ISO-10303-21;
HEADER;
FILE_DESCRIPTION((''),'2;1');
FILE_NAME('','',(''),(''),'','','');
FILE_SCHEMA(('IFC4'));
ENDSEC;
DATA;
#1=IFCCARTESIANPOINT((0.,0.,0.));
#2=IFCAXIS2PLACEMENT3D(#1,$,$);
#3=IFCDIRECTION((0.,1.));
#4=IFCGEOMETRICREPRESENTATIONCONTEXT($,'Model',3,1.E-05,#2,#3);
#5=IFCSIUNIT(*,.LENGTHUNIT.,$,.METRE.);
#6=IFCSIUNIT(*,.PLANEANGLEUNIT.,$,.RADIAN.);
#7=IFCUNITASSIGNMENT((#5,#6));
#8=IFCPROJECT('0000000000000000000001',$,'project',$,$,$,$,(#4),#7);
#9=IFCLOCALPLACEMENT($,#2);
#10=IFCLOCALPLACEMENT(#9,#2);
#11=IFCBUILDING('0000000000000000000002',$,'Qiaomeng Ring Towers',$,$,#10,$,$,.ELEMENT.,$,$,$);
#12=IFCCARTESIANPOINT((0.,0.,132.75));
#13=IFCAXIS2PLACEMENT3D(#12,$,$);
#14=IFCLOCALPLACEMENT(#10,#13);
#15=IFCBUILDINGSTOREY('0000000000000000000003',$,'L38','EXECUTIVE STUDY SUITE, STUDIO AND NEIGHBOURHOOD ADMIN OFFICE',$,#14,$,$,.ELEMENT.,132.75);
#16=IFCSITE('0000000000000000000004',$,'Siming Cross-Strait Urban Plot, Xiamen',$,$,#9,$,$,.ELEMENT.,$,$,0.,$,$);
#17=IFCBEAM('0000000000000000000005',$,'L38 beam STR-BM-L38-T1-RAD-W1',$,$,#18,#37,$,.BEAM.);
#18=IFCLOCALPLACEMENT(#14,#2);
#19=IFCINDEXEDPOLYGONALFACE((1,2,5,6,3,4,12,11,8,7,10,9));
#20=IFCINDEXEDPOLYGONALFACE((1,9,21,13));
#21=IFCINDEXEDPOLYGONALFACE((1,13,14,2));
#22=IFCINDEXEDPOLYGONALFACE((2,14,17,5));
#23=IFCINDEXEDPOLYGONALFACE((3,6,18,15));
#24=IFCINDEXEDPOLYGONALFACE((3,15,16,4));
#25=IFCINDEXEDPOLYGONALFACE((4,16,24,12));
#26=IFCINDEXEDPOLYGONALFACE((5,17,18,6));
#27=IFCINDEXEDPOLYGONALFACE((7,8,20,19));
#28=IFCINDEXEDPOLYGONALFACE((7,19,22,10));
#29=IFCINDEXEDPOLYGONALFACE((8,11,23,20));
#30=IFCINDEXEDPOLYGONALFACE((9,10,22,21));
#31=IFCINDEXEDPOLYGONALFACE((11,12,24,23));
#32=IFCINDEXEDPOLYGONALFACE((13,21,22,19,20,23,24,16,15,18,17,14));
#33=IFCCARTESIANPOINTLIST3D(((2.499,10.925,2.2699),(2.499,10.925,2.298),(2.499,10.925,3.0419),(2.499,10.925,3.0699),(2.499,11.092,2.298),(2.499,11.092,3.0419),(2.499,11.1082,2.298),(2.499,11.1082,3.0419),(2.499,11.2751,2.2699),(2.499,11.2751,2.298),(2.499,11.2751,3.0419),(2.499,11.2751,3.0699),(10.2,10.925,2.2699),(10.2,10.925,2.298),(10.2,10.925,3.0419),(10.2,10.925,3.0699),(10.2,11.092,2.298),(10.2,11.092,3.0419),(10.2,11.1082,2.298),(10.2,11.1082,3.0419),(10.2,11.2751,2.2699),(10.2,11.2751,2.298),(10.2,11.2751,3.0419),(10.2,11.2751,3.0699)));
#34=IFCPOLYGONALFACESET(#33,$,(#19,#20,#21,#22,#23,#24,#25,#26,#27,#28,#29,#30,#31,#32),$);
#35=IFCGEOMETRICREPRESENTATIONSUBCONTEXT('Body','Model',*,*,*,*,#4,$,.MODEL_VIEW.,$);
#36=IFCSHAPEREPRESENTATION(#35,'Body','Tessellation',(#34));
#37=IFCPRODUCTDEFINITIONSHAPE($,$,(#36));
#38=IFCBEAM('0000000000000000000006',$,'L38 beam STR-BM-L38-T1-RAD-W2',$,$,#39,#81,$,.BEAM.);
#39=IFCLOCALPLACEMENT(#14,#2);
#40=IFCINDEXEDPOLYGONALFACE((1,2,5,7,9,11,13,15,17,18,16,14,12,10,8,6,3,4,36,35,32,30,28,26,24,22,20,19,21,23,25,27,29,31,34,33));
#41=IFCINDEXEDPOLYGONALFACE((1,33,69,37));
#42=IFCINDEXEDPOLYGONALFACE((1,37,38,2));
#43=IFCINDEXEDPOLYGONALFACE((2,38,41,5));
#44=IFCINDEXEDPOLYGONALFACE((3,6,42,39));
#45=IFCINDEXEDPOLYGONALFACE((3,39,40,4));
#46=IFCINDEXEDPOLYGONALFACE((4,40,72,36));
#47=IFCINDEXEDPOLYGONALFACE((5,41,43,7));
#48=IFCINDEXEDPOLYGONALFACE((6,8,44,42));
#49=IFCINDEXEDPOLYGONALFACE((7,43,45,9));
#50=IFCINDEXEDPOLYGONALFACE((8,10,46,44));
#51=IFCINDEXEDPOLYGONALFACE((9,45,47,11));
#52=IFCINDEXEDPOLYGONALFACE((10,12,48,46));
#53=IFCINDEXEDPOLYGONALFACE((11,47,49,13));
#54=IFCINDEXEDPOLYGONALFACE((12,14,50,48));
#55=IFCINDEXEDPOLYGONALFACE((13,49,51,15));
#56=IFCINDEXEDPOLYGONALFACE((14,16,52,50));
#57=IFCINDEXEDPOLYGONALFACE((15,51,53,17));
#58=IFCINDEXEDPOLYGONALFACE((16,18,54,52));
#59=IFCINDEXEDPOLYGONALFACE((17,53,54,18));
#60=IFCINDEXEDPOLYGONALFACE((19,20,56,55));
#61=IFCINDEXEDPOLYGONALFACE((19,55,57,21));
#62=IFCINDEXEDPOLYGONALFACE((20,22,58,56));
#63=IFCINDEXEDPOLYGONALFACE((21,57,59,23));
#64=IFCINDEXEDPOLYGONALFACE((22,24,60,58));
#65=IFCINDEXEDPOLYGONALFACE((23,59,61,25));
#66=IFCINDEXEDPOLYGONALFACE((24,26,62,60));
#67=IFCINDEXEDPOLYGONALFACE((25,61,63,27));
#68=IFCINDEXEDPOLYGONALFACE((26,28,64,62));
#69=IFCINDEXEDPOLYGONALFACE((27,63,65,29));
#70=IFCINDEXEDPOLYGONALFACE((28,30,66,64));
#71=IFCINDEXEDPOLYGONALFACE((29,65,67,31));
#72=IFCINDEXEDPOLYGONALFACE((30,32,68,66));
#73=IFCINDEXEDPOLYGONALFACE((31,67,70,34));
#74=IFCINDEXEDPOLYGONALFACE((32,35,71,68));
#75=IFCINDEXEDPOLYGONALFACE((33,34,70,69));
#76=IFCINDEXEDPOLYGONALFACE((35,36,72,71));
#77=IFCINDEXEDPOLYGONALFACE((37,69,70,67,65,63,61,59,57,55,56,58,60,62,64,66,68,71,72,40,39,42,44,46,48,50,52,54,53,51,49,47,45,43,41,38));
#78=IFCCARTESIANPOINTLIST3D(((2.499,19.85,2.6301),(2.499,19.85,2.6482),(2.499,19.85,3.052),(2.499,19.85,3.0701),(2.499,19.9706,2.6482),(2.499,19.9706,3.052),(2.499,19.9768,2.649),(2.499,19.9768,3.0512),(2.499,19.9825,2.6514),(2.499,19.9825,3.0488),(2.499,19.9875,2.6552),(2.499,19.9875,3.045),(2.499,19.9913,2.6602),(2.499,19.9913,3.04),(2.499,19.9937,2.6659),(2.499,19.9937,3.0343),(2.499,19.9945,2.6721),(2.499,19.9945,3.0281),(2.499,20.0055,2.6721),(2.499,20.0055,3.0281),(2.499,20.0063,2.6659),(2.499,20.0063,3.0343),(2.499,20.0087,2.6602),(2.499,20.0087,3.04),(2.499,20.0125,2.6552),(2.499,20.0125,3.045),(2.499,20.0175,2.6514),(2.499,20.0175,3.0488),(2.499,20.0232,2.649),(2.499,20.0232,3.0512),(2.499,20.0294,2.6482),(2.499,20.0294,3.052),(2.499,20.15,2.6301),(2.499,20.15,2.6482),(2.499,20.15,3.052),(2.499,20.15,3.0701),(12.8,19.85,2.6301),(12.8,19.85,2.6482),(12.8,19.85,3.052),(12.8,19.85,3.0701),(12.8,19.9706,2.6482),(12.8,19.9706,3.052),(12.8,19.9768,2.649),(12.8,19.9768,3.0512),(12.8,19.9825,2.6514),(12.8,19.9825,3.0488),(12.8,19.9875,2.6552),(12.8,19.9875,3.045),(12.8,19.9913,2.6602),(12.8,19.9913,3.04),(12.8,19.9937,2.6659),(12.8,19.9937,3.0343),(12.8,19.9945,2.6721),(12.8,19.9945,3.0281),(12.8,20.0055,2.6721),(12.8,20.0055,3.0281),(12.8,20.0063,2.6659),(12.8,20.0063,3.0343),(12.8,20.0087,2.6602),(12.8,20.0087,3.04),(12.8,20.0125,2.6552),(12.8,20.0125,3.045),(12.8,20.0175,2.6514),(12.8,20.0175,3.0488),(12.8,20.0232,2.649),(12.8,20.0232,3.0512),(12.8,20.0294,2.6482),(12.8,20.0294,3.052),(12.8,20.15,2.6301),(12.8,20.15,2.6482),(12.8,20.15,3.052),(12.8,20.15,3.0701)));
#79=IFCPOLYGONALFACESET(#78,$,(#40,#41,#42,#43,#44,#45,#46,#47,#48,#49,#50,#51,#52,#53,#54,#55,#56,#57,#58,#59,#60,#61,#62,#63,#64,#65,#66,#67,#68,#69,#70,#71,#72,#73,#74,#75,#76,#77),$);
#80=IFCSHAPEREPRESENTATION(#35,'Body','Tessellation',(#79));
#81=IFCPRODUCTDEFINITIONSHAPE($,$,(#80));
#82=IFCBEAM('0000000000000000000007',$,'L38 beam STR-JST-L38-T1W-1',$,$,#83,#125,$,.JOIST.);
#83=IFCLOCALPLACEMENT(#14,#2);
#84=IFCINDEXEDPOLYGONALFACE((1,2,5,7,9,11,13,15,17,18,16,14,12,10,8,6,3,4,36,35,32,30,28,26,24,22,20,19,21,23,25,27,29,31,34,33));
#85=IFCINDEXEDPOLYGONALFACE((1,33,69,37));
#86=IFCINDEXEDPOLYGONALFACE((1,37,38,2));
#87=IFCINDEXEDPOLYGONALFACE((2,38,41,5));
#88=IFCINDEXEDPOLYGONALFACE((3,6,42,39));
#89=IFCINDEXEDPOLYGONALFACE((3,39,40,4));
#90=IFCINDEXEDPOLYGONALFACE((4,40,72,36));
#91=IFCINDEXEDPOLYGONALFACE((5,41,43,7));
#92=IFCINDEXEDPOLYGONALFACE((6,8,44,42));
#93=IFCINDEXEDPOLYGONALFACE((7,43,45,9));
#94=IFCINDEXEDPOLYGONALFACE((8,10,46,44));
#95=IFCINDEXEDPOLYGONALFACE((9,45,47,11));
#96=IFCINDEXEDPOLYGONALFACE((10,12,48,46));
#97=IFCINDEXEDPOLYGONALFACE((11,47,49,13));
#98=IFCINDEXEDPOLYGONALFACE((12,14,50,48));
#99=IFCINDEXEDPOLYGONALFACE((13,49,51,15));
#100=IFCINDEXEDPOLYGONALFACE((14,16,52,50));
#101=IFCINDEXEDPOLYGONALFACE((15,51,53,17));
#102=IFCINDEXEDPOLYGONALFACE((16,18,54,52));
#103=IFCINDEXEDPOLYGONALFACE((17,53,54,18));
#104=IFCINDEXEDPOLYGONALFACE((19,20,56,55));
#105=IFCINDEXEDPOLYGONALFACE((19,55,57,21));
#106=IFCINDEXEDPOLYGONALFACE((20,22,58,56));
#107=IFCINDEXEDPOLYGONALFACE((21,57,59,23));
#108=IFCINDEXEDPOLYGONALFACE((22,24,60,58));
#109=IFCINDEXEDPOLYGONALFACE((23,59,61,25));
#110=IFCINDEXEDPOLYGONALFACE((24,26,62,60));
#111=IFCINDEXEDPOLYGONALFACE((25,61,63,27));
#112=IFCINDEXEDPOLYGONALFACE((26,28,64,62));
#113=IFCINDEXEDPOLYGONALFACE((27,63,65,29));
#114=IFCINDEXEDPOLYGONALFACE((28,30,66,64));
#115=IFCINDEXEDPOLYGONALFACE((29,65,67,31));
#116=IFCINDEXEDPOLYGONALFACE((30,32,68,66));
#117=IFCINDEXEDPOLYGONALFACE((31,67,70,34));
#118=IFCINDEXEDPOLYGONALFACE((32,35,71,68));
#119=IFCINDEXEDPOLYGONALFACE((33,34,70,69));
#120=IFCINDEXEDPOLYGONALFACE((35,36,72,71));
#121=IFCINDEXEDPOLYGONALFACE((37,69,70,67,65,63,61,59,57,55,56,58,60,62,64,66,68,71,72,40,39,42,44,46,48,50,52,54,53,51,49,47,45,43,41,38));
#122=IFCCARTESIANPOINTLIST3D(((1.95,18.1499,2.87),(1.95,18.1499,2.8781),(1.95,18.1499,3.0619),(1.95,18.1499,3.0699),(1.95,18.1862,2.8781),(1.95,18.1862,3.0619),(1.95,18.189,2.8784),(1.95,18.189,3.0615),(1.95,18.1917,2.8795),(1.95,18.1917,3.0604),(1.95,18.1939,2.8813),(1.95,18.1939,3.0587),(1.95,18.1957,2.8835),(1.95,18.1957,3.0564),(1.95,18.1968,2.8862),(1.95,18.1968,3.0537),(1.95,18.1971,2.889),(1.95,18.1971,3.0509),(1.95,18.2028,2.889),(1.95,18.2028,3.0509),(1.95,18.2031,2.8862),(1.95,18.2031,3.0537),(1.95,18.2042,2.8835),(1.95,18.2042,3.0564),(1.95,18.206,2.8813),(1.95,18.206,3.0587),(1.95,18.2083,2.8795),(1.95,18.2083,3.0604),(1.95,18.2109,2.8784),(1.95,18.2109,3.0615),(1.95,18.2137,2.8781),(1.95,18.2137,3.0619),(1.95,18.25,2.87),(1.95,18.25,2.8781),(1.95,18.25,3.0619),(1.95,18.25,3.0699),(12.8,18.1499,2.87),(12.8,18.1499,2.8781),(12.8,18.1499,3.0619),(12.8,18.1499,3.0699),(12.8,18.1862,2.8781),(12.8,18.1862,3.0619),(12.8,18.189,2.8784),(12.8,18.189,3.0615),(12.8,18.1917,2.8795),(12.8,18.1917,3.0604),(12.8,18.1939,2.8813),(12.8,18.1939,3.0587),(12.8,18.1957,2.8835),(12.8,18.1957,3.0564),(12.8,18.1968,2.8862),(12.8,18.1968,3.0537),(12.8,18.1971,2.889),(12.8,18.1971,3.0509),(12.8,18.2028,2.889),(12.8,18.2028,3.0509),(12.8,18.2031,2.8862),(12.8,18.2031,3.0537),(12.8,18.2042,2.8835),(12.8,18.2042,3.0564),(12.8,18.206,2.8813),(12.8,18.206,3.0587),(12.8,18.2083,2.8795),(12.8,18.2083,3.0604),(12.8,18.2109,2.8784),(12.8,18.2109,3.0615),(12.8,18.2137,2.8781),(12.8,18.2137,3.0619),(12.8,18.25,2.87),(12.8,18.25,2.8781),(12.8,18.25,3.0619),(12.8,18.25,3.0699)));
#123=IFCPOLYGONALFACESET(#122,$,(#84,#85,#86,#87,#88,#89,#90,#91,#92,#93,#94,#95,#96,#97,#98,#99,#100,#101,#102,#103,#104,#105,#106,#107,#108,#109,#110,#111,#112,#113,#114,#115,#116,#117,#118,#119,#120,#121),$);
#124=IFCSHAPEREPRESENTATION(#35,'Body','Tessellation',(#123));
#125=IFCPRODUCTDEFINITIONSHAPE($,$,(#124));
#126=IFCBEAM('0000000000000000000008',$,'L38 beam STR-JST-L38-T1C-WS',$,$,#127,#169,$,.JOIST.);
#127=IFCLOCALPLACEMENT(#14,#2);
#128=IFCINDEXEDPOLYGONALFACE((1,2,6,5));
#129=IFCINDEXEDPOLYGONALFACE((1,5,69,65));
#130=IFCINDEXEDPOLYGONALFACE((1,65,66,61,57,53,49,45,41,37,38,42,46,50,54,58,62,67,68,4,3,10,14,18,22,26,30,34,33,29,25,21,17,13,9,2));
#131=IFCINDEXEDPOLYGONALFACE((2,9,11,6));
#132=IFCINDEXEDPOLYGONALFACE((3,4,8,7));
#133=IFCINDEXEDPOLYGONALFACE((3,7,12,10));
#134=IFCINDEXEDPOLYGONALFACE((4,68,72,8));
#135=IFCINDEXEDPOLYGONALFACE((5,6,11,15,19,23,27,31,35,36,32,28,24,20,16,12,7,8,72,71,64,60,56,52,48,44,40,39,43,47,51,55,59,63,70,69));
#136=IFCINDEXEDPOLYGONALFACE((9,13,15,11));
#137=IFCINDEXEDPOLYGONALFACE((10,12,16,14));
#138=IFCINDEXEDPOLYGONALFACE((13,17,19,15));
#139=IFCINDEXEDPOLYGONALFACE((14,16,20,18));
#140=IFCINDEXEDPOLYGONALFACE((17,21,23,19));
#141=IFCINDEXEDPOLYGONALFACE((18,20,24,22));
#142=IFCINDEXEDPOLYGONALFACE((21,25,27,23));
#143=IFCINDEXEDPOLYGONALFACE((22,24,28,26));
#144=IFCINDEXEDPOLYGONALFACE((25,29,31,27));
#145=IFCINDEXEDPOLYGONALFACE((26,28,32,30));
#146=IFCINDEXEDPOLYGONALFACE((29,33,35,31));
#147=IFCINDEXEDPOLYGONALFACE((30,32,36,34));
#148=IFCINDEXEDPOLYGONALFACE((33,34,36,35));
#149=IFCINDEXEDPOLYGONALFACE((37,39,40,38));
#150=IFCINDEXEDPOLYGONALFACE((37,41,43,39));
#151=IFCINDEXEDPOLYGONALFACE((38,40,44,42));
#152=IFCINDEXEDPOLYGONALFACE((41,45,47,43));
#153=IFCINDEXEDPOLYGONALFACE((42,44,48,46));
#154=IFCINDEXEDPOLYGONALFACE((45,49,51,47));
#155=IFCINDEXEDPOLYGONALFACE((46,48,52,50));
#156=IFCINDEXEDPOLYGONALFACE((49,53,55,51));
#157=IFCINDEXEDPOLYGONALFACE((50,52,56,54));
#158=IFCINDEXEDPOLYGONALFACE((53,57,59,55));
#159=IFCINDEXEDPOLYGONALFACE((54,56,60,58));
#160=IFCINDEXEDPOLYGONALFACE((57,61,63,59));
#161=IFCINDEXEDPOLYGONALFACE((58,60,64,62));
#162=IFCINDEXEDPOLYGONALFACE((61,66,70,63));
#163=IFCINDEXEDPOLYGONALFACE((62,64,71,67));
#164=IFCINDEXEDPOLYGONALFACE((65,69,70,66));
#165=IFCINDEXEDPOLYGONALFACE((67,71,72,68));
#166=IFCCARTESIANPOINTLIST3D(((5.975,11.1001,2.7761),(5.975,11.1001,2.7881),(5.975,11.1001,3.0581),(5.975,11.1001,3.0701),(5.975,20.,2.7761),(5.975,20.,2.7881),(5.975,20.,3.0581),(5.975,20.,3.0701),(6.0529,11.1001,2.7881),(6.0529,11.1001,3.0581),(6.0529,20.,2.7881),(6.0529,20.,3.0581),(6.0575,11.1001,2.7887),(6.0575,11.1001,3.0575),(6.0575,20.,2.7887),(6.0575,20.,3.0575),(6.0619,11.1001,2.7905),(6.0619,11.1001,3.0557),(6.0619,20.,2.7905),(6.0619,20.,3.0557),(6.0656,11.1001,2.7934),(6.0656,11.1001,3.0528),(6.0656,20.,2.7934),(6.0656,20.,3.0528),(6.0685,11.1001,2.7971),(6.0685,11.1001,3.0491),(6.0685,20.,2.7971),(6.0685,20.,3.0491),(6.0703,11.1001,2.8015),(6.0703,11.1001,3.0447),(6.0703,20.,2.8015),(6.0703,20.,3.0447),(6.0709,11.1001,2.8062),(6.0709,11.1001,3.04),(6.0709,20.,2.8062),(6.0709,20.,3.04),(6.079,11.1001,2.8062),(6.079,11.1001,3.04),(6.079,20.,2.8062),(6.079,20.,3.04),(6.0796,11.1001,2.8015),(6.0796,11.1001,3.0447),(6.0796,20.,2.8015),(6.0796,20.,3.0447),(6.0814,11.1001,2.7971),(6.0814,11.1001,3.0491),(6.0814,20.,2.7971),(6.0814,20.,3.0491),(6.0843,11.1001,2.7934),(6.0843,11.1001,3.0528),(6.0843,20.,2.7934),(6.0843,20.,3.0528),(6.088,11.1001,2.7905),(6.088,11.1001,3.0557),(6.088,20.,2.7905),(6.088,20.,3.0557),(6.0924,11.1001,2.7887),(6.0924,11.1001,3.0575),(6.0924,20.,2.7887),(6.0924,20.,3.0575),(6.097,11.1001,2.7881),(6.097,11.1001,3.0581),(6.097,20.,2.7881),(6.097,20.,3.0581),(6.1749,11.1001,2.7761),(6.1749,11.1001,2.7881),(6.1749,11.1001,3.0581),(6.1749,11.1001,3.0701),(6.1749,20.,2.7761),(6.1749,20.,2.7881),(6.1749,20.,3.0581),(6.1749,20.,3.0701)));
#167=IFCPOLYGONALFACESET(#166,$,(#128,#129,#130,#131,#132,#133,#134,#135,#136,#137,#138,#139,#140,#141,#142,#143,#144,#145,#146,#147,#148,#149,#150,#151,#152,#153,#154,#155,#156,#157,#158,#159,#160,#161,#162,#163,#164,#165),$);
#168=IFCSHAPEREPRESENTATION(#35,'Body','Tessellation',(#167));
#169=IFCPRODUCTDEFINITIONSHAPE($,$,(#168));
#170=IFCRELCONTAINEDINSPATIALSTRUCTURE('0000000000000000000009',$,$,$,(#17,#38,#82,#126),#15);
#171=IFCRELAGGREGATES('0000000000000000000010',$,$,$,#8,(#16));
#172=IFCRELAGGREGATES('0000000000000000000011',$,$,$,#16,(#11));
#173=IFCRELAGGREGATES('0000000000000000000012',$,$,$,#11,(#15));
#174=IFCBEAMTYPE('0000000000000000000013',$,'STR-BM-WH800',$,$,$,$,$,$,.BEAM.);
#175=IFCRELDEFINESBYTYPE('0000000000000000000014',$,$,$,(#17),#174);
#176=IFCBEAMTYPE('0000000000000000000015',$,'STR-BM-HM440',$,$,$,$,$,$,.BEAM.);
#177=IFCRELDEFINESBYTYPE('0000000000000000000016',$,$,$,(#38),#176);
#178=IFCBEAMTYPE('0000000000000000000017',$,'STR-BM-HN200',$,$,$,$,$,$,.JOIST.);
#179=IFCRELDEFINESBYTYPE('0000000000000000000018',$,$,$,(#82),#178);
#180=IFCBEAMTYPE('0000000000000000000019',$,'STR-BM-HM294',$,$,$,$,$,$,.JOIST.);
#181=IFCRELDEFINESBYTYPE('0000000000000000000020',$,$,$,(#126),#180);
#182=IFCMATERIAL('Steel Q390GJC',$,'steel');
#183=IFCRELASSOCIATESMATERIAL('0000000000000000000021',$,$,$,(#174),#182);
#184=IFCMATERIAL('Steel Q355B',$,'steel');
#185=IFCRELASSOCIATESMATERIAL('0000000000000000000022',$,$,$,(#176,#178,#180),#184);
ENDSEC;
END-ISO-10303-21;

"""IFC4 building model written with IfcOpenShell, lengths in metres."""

from ifc_helpers import new_model, si_unit, direction, frame, origin, origin_2d, place, context, subcontext, project, spatial, i_section, extrude, source, transform, mapped, material, material_profile, profile_set, type_object, element, save


model = new_model("IFC4")

# Units and contexts
model_context = context("Model", 3, precision=1e-05, world=origin(), true_north=direction((0.0, 1.0)))
body_context = subcontext(model_context, "Body", "Model", "MODEL_VIEW")
ifc_project = project(units=[si_unit("LENGTHUNIT", "METRE"), si_unit("PLANEANGLEUNIT", "RADIAN")], contexts=[model_context])

# Site, building, storey
site_placement = place(None, origin())
site = spatial("IfcSite", under=ifc_project, at=site_placement, Name="Siming Cross-Strait Urban Plot, Xiamen", CompositionType="ELEMENT", RefElevation=0.0)
building_placement = place(site_placement, origin())
building = spatial("IfcBuilding", under=site, at=building_placement, Name="Qiaomeng Ring Towers", CompositionType="ELEMENT")
storey_placement = place(building_placement, frame((0.0, 0.0, 132.75)))
storey = spatial("IfcBuildingStorey", under=building, at=storey_placement, Name="L38", Description="EXECUTIVE STUDY SUITE, STUDIO AND NEIGHBOURHOOD ADMIN OFFICE", CompositionType="ELEMENT", Elevation=132.75)

# Beams
ifc_material_1 = material(Name="Steel Q355B", Category="steel")
ifc_material_2 = material(Name="Steel Q390GJC", Category="steel")
ifc_material_profile_1 = material_profile(ifc_material_2, i_section(OverallWidth=0.3501, OverallDepth=0.8, WebThickness=0.0161, FlangeThickness=0.0281, at=origin_2d()), Name="WH 800x350x16x28")
ifc_profile_set_1 = profile_set([ifc_material_profile_1], Name="Steel Q390GJC")
beam_type_1 = type_object("IfcBeamType", Name="STR-BM-WH800", PredefinedType="BEAM", material=ifc_profile_set_1)
shared_shape_1 = source(origin(), body_context, "Body", "SweptSolid", [
    extrude(i_section(OverallWidth=0.3501, OverallDepth=0.8, WebThickness=0.0161, FlangeThickness=0.0281, at=origin_2d()), origin(), (0.0, 0.0, 1.0), 7.7009),
])
beam_1_placement = place(storey_placement, frame((2.499, 11.1001, 2.6699), z_axis=(1.0, 0.0, 0.0), x_axis=(0.0, 1.0, 0.0)))
element("IfcBeam", 1, at=beam_1_placement, inside=storey, type_object=beam_type_1, Name="L38 beam STR-BM-L38-T1-RAD-W1", PredefinedType="BEAM", context=body_context, shape_type="MappedRepresentation", body=[
    mapped(shared_shape_1, transform((0.0, 0.0, 0.0), x_axis=(1.0, 0.0, 0.0), y_axis=(0.0, 1.0, 0.0), z_axis=(0.0, 0.0, 1.0), scale=1.0)),
])
ifc_material_profile_2 = material_profile(ifc_material_1, i_section(OverallWidth=0.3, OverallDepth=0.4399, WebThickness=0.011, FlangeThickness=0.0181, FilletRadius=0.0239, at=origin_2d()), Name="HM 440x300x11x18")
ifc_profile_set_2 = profile_set([ifc_material_profile_2], Name="Steel Q355B")
beam_type_2 = type_object("IfcBeamType", Name="STR-BM-HM440", PredefinedType="BEAM", material=ifc_profile_set_2)
shared_shape_2 = source(origin(), body_context, "Body", "SweptSolid", [
    extrude(i_section(OverallWidth=0.3, OverallDepth=0.4399, WebThickness=0.011, FlangeThickness=0.0181, FilletRadius=0.0239, at=origin_2d()), origin(), (0.0, 0.0, 1.0), 10.301),
])
beam_2_placement = place(storey_placement, frame((2.499, 20.0, 2.8501), z_axis=(1.0, 0.0, 0.0), x_axis=(0.0, 1.0, 0.0)))
element("IfcBeam", 2, at=beam_2_placement, inside=storey, type_object=beam_type_2, Name="L38 beam STR-BM-L38-T1-RAD-W2", PredefinedType="BEAM", context=body_context, shape_type="MappedRepresentation", body=[
    mapped(shared_shape_2, transform((0.0, 0.0, 0.0), x_axis=(1.0, 0.0, 0.0), y_axis=(0.0, 1.0, 0.0), z_axis=(0.0, 0.0, 1.0), scale=1.0)),
])
ifc_material_profile_3 = material_profile(ifc_material_1, i_section(OverallWidth=0.1001, OverallDepth=0.2, WebThickness=0.0056, FlangeThickness=0.0081, FilletRadius=0.011, at=origin_2d()), Name="HN 200x100x5.5x8")
ifc_profile_set_3 = profile_set([ifc_material_profile_3], Name="Steel Q355B")
beam_type_3 = type_object("IfcBeamType", Name="STR-BM-HN200", PredefinedType="JOIST", material=ifc_profile_set_3)
shared_shape_3 = source(origin(), body_context, "Body", "SweptSolid", [
    extrude(i_section(OverallWidth=0.1001, OverallDepth=0.2, WebThickness=0.0056, FlangeThickness=0.0081, FilletRadius=0.011, at=origin_2d()), origin(), (0.0, 0.0, 1.0), 10.8501),
])
beam_3_placement = place(storey_placement, frame((1.95, 18.2, 2.97), z_axis=(1.0, 0.0, 0.0), x_axis=(0.0, 1.0, 0.0)))
element("IfcBeam", 3, at=beam_3_placement, inside=storey, type_object=beam_type_3, Name="L38 beam STR-JST-L38-T1W-1", PredefinedType="JOIST", context=body_context, shape_type="MappedRepresentation", body=[
    mapped(shared_shape_3, transform((0.0, 0.0, 0.0), x_axis=(1.0, 0.0, 0.0), y_axis=(0.0, 1.0, 0.0), z_axis=(0.0, 0.0, 1.0), scale=1.0)),
])
ifc_material_profile_4 = material_profile(ifc_material_1, i_section(OverallWidth=0.2, OverallDepth=0.2939, WebThickness=0.0081, FlangeThickness=0.012, FilletRadius=0.0181, at=origin_2d()), Name="HM 294x200x8x12")
ifc_profile_set_4 = profile_set([ifc_material_profile_4], Name="Steel Q355B")
beam_type_4 = type_object("IfcBeamType", Name="STR-BM-HM294", PredefinedType="JOIST", material=ifc_profile_set_4)
shared_shape_4 = source(origin(), body_context, "Body", "SweptSolid", [
    extrude(i_section(OverallWidth=0.2, OverallDepth=0.2939, WebThickness=0.0081, FlangeThickness=0.012, FilletRadius=0.0181, at=origin_2d()), origin(), (0.0, 0.0, 1.0), 8.8999),
])
beam_4_placement = place(storey_placement, frame((6.075, 11.1001, 2.9231), z_axis=(0.0, 1.0, 0.0), x_axis=(-1.0, 0.0, 0.0)))
element("IfcBeam", 4, at=beam_4_placement, inside=storey, type_object=beam_type_4, Name="L38 beam STR-JST-L38-T1C-WS", PredefinedType="JOIST", context=body_context, shape_type="MappedRepresentation", body=[
    mapped(shared_shape_4, transform((0.0, 0.0, 0.0), x_axis=(1.0, 0.0, 0.0), y_axis=(0.0, 1.0, 0.0), z_axis=(0.0, 0.0, 1.0), scale=1.0)),
])

save(model, "model.ifc")
